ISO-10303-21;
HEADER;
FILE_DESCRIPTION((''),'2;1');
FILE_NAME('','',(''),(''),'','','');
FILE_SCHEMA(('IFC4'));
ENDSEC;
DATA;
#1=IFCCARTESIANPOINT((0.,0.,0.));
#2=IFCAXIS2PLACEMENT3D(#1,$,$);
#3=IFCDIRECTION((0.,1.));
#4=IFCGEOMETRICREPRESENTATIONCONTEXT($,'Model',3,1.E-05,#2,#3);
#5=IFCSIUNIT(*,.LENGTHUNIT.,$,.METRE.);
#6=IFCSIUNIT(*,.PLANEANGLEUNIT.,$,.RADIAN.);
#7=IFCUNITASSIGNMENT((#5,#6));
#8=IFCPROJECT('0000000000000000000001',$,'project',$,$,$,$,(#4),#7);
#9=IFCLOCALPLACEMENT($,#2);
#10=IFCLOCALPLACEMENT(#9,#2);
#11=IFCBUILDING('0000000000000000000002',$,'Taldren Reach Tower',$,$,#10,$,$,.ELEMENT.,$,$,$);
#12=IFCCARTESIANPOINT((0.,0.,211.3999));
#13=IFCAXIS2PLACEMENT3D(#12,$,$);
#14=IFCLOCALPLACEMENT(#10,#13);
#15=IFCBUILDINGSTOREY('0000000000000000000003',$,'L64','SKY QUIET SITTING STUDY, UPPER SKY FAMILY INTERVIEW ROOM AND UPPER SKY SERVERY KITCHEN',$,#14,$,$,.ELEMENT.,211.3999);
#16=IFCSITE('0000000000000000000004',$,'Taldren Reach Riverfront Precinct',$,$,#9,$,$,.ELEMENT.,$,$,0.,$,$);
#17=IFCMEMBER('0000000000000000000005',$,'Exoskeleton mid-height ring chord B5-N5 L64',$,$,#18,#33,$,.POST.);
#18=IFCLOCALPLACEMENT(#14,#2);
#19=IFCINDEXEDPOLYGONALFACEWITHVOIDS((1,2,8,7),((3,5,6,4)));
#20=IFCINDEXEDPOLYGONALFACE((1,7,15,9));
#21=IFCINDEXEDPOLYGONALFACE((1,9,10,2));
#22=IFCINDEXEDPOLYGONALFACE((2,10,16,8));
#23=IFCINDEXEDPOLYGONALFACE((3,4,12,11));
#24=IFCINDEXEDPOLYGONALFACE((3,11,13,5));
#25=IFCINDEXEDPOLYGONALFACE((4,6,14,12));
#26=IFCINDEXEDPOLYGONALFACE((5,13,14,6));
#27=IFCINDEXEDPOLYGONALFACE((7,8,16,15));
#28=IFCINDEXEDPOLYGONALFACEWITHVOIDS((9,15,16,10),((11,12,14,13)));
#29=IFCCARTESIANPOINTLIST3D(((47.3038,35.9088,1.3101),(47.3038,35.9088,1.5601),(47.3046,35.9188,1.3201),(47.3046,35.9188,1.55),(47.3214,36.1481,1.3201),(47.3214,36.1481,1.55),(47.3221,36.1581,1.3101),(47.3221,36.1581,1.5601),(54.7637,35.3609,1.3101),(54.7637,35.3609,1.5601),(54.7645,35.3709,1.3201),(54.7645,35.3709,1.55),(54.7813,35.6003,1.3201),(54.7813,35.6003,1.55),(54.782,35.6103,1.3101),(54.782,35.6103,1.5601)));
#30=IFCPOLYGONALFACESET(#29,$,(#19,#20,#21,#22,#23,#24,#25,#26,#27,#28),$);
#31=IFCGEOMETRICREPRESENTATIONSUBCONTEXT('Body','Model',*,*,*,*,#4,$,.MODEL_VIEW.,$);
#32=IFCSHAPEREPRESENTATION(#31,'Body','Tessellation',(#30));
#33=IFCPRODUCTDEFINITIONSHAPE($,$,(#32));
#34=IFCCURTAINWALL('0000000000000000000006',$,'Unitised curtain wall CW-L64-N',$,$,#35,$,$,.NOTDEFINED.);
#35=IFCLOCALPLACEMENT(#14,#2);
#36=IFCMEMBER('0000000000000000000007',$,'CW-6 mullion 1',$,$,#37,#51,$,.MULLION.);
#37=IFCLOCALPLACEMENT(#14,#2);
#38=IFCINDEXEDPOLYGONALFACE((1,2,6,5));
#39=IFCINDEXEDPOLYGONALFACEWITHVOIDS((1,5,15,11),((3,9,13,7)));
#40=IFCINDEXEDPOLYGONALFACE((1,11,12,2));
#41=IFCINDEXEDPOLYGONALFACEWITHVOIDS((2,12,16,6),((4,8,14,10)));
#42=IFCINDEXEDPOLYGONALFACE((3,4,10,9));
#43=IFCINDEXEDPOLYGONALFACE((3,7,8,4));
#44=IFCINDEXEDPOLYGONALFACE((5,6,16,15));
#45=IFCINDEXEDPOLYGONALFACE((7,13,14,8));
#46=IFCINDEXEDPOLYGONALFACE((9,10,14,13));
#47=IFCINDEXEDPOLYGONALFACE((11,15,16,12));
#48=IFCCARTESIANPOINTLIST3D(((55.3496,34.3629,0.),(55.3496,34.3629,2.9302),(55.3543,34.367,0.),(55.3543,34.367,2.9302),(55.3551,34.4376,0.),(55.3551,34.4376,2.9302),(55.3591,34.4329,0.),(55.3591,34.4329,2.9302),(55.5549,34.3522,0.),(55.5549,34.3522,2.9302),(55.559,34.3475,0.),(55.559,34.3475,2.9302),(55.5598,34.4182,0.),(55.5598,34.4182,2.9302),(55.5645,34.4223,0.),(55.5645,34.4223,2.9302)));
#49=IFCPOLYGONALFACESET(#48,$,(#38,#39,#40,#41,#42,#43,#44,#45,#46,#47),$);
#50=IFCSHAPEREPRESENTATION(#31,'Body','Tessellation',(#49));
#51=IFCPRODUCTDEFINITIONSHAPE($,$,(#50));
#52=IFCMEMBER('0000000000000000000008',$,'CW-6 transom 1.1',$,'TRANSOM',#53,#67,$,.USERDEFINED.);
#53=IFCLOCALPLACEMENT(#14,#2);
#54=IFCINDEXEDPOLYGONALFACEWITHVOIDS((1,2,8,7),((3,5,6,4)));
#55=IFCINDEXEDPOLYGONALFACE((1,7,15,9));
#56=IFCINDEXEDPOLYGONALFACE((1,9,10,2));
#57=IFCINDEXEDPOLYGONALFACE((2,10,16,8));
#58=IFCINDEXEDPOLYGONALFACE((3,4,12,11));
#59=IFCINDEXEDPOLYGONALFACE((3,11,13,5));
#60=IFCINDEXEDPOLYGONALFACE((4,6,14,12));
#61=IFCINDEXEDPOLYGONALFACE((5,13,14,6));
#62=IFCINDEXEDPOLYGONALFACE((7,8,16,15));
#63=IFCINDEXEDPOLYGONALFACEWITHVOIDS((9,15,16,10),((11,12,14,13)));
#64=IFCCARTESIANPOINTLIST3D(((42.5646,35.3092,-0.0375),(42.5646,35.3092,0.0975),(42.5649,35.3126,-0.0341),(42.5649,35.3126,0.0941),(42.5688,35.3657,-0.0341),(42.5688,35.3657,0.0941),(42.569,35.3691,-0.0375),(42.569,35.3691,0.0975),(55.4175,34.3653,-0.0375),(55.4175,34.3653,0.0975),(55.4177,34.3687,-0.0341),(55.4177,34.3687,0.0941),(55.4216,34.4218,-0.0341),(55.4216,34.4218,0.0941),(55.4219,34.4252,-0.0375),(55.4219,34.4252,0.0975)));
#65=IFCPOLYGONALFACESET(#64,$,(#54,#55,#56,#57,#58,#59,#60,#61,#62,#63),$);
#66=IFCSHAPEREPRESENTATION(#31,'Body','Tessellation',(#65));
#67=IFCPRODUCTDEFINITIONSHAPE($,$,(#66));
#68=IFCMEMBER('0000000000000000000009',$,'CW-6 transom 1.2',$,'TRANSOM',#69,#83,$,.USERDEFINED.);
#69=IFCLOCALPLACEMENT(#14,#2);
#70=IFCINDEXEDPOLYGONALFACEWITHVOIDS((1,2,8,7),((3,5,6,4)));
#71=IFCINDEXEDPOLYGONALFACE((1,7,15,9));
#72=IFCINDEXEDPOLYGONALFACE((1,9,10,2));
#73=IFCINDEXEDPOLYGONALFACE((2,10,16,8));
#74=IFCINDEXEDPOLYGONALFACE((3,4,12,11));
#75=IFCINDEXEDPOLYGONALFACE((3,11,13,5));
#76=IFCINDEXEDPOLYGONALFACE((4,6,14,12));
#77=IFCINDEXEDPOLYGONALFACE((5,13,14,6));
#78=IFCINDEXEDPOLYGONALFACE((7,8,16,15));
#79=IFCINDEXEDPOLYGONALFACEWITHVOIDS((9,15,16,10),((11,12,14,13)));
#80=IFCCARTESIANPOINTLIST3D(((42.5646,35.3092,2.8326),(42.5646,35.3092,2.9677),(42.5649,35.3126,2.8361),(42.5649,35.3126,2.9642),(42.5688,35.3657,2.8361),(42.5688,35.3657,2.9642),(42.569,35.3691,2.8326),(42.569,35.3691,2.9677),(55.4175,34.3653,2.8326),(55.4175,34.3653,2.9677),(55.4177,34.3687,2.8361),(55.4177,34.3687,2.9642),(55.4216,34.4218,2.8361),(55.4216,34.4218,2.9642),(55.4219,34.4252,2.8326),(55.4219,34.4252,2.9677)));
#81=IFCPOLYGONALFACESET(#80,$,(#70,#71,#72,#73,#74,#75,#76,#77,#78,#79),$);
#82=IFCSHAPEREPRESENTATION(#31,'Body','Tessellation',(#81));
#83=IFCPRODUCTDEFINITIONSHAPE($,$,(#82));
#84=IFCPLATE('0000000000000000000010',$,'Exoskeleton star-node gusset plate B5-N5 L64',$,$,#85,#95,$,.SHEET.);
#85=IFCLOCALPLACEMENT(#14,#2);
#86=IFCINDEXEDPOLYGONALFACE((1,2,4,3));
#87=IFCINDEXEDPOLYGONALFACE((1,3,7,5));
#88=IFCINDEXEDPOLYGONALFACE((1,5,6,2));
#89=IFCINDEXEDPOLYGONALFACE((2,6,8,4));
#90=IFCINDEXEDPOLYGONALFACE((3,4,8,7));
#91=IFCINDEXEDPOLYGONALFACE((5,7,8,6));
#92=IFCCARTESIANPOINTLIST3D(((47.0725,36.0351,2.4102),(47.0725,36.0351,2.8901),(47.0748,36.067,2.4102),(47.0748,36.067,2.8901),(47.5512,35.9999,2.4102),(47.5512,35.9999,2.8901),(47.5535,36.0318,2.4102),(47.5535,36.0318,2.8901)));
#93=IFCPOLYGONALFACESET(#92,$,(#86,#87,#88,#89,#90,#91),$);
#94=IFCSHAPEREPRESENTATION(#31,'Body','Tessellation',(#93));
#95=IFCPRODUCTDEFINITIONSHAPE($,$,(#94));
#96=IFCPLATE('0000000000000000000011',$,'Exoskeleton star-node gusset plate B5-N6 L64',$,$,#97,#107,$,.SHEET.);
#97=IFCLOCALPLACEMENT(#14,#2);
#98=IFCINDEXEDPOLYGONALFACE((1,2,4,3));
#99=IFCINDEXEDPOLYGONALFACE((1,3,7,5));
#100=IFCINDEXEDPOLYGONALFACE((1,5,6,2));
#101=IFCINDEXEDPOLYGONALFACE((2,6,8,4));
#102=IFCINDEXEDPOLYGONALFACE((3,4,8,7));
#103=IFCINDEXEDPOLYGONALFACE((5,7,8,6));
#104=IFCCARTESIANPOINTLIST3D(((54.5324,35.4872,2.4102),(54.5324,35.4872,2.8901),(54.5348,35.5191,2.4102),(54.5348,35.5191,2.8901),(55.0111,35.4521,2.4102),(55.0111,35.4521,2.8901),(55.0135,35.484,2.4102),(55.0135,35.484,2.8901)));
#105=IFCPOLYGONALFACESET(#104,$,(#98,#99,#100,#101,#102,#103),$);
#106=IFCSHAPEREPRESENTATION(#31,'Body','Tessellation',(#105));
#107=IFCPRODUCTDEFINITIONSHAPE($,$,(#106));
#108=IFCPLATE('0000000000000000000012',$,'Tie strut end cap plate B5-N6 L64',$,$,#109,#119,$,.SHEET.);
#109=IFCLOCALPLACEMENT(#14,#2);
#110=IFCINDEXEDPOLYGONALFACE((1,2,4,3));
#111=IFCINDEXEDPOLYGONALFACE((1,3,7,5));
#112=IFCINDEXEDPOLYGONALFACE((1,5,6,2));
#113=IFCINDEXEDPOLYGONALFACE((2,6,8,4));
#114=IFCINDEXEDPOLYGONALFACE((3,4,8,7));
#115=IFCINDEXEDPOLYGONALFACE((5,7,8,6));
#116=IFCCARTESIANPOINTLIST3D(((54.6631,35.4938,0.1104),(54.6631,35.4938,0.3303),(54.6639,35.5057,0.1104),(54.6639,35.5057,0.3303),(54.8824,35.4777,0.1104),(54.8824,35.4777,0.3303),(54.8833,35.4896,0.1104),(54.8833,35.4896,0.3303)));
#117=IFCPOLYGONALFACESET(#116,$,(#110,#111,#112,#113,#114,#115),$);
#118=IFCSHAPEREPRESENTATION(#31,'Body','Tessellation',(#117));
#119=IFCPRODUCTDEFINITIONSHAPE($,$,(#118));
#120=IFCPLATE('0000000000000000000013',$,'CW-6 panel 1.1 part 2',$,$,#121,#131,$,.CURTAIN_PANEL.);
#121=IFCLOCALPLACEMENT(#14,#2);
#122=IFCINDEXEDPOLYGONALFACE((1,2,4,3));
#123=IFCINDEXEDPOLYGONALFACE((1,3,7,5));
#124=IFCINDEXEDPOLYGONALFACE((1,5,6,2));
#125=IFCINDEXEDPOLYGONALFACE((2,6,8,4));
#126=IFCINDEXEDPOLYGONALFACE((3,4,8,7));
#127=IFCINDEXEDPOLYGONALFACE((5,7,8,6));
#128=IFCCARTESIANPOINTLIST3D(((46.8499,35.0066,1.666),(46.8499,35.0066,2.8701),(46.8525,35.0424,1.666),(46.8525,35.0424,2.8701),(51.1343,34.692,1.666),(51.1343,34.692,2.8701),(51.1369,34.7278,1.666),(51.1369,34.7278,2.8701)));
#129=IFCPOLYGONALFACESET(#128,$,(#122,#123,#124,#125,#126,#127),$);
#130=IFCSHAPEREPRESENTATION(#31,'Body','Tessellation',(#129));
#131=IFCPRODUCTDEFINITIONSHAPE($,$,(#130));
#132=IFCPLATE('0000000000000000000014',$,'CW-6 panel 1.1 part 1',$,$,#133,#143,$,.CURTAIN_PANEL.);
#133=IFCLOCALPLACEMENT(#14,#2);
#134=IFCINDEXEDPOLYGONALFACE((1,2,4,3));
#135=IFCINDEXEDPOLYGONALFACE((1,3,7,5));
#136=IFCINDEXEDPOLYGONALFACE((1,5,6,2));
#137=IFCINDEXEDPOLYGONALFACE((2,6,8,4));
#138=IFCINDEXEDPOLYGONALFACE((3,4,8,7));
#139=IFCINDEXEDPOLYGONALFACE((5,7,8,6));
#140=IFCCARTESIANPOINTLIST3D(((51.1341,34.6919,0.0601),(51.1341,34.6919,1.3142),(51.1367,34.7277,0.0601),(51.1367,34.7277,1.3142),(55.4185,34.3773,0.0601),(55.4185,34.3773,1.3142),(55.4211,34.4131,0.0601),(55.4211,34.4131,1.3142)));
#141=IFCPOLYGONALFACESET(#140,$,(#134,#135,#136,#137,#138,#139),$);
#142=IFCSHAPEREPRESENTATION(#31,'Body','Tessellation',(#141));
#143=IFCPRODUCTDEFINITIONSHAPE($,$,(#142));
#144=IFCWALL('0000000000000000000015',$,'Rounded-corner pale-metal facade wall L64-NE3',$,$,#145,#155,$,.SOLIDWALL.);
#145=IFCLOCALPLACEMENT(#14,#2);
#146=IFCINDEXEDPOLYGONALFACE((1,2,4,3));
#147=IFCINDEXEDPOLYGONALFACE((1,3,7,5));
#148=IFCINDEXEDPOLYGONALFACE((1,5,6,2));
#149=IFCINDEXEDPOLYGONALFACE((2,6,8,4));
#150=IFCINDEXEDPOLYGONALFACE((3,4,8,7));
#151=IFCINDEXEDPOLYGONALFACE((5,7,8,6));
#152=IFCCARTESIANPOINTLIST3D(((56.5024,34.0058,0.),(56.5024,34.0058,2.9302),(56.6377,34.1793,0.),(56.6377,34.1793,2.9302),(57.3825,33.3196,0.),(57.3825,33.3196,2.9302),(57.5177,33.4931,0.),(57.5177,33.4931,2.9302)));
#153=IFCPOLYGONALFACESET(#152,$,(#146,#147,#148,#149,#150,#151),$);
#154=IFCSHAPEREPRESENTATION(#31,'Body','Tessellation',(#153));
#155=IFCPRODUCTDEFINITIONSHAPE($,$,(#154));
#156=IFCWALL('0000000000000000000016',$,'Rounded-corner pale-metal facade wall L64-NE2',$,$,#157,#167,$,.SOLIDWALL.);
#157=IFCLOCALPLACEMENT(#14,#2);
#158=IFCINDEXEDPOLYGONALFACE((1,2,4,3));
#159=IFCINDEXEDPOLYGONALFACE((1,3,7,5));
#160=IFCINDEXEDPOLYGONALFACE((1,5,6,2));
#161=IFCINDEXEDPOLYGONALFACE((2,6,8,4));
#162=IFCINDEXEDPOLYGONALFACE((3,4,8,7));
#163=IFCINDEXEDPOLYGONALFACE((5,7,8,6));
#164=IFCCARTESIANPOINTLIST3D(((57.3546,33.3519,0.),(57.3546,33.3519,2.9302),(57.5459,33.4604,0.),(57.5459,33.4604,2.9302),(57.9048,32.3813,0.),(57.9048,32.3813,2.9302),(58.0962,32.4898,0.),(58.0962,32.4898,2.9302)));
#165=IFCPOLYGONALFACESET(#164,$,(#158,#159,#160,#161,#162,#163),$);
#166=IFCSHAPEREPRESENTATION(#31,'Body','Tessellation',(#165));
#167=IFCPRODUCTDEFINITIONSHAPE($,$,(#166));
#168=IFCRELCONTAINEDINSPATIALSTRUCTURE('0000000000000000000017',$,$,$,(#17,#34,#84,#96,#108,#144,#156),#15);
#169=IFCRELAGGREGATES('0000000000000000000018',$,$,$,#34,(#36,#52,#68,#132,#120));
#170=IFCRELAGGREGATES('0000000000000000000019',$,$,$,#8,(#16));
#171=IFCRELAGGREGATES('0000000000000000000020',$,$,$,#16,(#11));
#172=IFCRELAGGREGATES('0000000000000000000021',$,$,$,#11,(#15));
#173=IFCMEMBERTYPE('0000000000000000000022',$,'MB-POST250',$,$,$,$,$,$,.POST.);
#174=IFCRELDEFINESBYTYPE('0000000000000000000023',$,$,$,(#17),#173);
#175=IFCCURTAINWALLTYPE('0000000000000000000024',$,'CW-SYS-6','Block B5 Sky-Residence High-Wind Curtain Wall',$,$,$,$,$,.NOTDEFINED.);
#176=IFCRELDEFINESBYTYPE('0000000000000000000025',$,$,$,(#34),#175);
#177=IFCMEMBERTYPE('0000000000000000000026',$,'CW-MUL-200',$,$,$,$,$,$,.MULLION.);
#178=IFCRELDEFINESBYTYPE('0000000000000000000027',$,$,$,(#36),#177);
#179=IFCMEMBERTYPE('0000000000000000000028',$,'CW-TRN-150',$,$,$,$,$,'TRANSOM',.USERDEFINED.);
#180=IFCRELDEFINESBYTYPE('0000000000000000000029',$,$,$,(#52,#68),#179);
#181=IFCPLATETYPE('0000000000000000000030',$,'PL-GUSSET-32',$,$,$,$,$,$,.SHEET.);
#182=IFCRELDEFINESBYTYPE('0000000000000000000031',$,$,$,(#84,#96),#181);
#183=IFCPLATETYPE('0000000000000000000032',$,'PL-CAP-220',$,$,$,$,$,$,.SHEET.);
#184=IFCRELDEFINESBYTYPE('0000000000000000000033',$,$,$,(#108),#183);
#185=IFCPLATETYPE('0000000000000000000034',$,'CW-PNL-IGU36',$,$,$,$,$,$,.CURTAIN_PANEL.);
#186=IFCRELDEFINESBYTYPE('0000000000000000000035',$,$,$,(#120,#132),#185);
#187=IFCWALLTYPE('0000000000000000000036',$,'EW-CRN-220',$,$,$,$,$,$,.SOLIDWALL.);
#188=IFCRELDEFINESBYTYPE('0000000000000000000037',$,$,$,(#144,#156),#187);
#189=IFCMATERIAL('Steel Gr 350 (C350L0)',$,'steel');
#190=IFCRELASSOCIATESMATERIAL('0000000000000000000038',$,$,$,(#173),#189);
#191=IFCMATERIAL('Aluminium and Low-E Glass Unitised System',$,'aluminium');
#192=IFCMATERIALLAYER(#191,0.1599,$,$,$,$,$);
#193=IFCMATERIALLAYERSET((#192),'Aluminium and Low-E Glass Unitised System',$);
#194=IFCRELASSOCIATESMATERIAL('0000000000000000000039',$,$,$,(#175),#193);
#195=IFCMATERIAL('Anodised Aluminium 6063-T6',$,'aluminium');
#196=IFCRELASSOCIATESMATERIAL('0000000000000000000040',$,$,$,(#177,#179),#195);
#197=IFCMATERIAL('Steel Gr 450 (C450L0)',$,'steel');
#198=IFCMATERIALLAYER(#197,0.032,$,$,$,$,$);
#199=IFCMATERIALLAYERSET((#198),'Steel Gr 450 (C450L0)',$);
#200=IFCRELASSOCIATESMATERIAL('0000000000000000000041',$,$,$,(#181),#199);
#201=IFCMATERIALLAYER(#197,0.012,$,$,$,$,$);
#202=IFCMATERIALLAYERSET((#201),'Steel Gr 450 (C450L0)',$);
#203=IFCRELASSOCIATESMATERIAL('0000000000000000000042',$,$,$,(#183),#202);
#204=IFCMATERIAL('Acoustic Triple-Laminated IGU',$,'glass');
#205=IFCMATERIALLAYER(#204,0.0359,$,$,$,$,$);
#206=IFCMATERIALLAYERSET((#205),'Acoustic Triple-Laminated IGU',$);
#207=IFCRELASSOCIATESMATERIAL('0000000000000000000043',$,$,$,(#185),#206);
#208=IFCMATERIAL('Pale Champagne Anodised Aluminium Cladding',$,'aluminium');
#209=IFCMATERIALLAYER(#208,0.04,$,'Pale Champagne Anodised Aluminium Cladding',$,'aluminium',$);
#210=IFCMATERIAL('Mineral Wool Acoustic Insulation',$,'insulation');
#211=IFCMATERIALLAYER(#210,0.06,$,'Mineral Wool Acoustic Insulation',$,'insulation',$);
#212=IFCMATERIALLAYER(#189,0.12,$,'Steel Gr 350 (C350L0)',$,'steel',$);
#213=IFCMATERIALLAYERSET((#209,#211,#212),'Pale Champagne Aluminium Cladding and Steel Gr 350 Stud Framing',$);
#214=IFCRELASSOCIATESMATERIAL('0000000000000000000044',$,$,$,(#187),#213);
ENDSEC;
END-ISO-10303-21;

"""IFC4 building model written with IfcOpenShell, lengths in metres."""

from ifc_helpers import new_model, si_unit, direction, frame, frame_2d, origin, origin_2d, place, context, subcontext, project, spatial, rectangle, hollow_rectangle, extrude, source, transform, mapped, material, layer, layer_set, material_profile, profile_set, type_object, element, aggregate, save


model = new_model("IFC4")

# Units and contexts
model_context = context("Model", 3, precision=1e-05, world=origin(), true_north=direction((0.0, 1.0)))
body_context = subcontext(model_context, "Body", "Model", "MODEL_VIEW")
ifc_project = project(units=[si_unit("LENGTHUNIT", "METRE"), si_unit("PLANEANGLEUNIT", "RADIAN")], contexts=[model_context])

# Site, building, storey
site_placement = place(None, origin())
site = spatial("IfcSite", under=ifc_project, at=site_placement, Name="Taldren Reach Riverfront Precinct", CompositionType="ELEMENT", RefElevation=0.0)
building_placement = place(site_placement, origin())
building = spatial("IfcBuilding", under=site, at=building_placement, Name="Taldren Reach Tower", CompositionType="ELEMENT")
storey_placement = place(building_placement, frame((0.0, 0.0, 211.3999)))
storey = spatial("IfcBuildingStorey", under=building, at=storey_placement, Name="L64", Description="SKY QUIET SITTING STUDY, UPPER SKY FAMILY INTERVIEW ROOM AND UPPER SKY SERVERY KITCHEN", CompositionType="ELEMENT", Elevation=211.3999)

# Shared definitions
ifc_material_1 = material(Name="Steel Gr 350 (C350L0)", Category="steel")

# Shared definitions
ifc_material_profile_1 = material_profile(ifc_material_1, hollow_rectangle(XDim=0.25, YDim=0.25, WallThickness=0.01, at=origin_2d()), Name="250x250x10.0SHS")
ifc_profile_set_1 = profile_set([ifc_material_profile_1], Name="Steel Gr 350 (C350L0)")
member_type_1 = type_object("IfcMemberType", Name="MB-POST250", PredefinedType="POST", material=ifc_profile_set_1)
ifc_material_2 = material(Name="Steel Gr 450 (C450L0)", Category="steel")

# Member
shared_shape_1 = source(origin(), body_context, "Body", "SweptSolid", [
    extrude(hollow_rectangle(XDim=0.25, YDim=0.25, WallThickness=0.01, at=origin_2d()), origin(), (0.0, 0.0, 1.0), 7.48),
])
member_1_placement = place(storey_placement, frame((47.313, 36.0334, 1.4351), z_axis=(0.997314, -0.073242, 0.0), x_axis=(0.073242, 0.997314, 0.0)))
element("IfcMember", 1, at=member_1_placement, inside=storey, type_object=member_type_1, Name="Exoskeleton mid-height ring chord B5-N5 L64", PredefinedType="POST", context=body_context, shape_type="MappedRepresentation", body=[
    mapped(shared_shape_1, transform((0.0, 0.0, 0.0), scale=1.0)),
])

# Curtain wall, members
ifc_material_3 = material(Name="Aluminium and Low-E Glass Unitised System", Category="aluminium")
ifc_layer_1 = layer(ifc_material_3, 0.1599)
ifc_layer_set_1 = layer_set([ifc_layer_1], Name="Aluminium and Low-E Glass Unitised System")
curtain_wall_type = type_object("IfcCurtainWallType", Name="CW-SYS-6", Description="Block B5 Sky-Residence High-Wind Curtain Wall", PredefinedType="NOTDEFINED", material=ifc_layer_set_1)
curtain_wall_placement = place(storey_placement, origin())
curtain_wall = element("IfcCurtainWall", 2, at=curtain_wall_placement, inside=storey, type_object=curtain_wall_type, Name="Unitised curtain wall CW-L64-N", PredefinedType="NOTDEFINED")
ifc_material_4 = material(Name="Anodised Aluminium 6063-T6", Category="aluminium")
ifc_material_profile_2 = material_profile(ifc_material_4, hollow_rectangle(XDim=0.075, YDim=0.21, WallThickness=0.0044, at=origin_2d()), Name="ALU-210x75x4.5RHS")
ifc_profile_set_2 = profile_set([ifc_material_profile_2], Name="Anodised Aluminium 6063-T6")
member_type_2 = type_object("IfcMemberType", Name="CW-MUL-200", PredefinedType="MULLION", material=ifc_profile_set_2)
shared_shape_2 = source(origin(), body_context, "Body", "SweptSolid", [
    extrude(hollow_rectangle(XDim=0.075, YDim=0.21, WallThickness=0.0044, at=origin_2d()), origin(), (0.0, 0.0, 1.0), 2.9302),
])
member_2_placement = place(storey_placement, frame((55.457, 34.3926, 0.0), z_axis=(0.0, 0.0, 1.0), x_axis=(-0.073238, -0.997314, 0.0)))
member_2 = element("IfcMember", 3, at=member_2_placement, type_object=member_type_2, Name="CW-6 mullion 1", PredefinedType="MULLION", context=body_context, shape_type="MappedRepresentation", body=[
    mapped(shared_shape_2, transform((0.0, 0.0, 0.0), scale=1.0)),
])
ifc_material_profile_3 = material_profile(ifc_material_4, hollow_rectangle(XDim=0.0601, YDim=0.135, WallThickness=0.0034, at=origin_2d()), Name="ALU-135x60x3.5RHS")
ifc_profile_set_3 = profile_set([ifc_material_profile_3], Name="Anodised Aluminium 6063-T6")
member_type_3 = type_object("IfcMemberType", Name="CW-TRN-150", ElementType="TRANSOM", PredefinedType="USERDEFINED", material=ifc_profile_set_3)
shared_shape_3 = source(origin(), body_context, "Body", "SweptSolid", [
    extrude(hollow_rectangle(XDim=0.0601, YDim=0.135, WallThickness=0.0034, at=origin_2d()), origin(), (0.0, 0.0, 1.0), 12.8875),
])
member_3_placement = place(storey_placement, frame((55.4197, 34.3953, 0.03), z_axis=(-0.997314, 0.073238, 0.0), x_axis=(-0.073238, -0.997314, 0.0)))
member_3 = element("IfcMember", 4, at=member_3_placement, type_object=member_type_3, Name="CW-6 transom 1.1", ObjectType="TRANSOM", PredefinedType="USERDEFINED", context=body_context, shape_type="MappedRepresentation", body=[
    mapped(shared_shape_3, transform((0.0, 0.0, 0.0), scale=1.0)),
])
member_4_placement = place(storey_placement, frame((55.4197, 34.3953, 2.9001), z_axis=(-0.997314, 0.073238, 0.0), x_axis=(-0.073238, -0.997314, 0.0)))
member_4 = element("IfcMember", 5, at=member_4_placement, type_object=member_type_3, Name="CW-6 transom 1.2", ObjectType="TRANSOM", PredefinedType="USERDEFINED", context=body_context, shape_type="MappedRepresentation", body=[
    mapped(shared_shape_3, transform((0.0, 0.0, 0.0), scale=1.0)),
])

# Plates
ifc_layer_2 = layer(ifc_material_2, 0.032)
ifc_layer_set_2 = layer_set([ifc_layer_2], Name="Steel Gr 450 (C450L0)")
plate_type_1 = type_object("IfcPlateType", Name="PL-GUSSET-32", PredefinedType="SHEET", material=ifc_layer_set_2)
shared_shape_4 = source(origin(), body_context, "Body", "SweptSolid", [
    extrude(rectangle(XDim=0.48, YDim=0.032, at=origin_2d()), origin(), (0.0, 0.0, 1.0), 0.48),
])
for number, where, z_axis, x_axis, name in (
    (6, (47.313, 36.0334, 2.4102), (0.0, 0.0, 1.0), (0.997314, -0.073238, 0.0), "Exoskeleton star-node gusset plate B5-N5 L64"),
    (7, (54.7729, 35.4856, 2.4102), (0.0, 0.0, 1.0), (0.997314, -0.073238, 0.0), "Exoskeleton star-node gusset plate B5-N6 L64"),
):
    element("IfcPlate", number, at=place(storey_placement, frame(where, z_axis=z_axis, x_axis=x_axis)), inside=storey, type_object=plate_type_1, Name=name, PredefinedType="SHEET", context=body_context, shape_type="MappedRepresentation", body=[
        mapped(shared_shape_4, transform((0.0, 0.0, 0.0), scale=1.0)),
    ])
ifc_layer_3 = layer(ifc_material_2, 0.012)
ifc_layer_set_3 = layer_set([ifc_layer_3], Name="Steel Gr 450 (C450L0)")
plate_type_2 = type_object("IfcPlateType", Name="PL-CAP-220", PredefinedType="SHEET", material=ifc_layer_set_3)
shared_shape_5 = source(origin(), body_context, "Body", "SweptSolid", [
    extrude(rectangle(XDim=0.22, YDim=0.012, at=origin_2d()), origin(), (0.0, 0.0, 1.0), 0.22),
])
plate_1_placement = place(storey_placement, frame((54.7732, 35.4917, 0.1104), z_axis=(0.0, 0.0, 1.0), x_axis=(0.997314, -0.073238, 0.0)))
element("IfcPlate", 8, at=plate_1_placement, inside=storey, type_object=plate_type_2, Name="Tie strut end cap plate B5-N6 L64", PredefinedType="SHEET", context=body_context, shape_type="MappedRepresentation", body=[
    mapped(shared_shape_5, transform((0.0, 0.0, 0.0), scale=1.0)),
])

# Plates
ifc_material_5 = material(Name="Acoustic Triple-Laminated IGU", Category="glass")
ifc_layer_4 = layer(ifc_material_5, 0.0359)
ifc_layer_set_4 = layer_set([ifc_layer_4], Name="Acoustic Triple-Laminated IGU")
plate_type_3 = type_object("IfcPlateType", Name="CW-PNL-IGU36", PredefinedType="CURTAIN_PANEL", material=ifc_layer_set_4)
shared_shape_6 = source(origin(), body_context, "Body", "SweptSolid", [
    extrude(rectangle(XDim=4.2959, YDim=0.0359, at=origin_2d()), origin(), (0.0, 0.0, 1.0), 1.2041),
])
plate_2_placement = place(storey_placement, frame((48.9934, 34.8672, 1.666), z_axis=(0.0, 0.0, 1.0), x_axis=(-0.997314, 0.073238, 0.0)))
plate_2 = element("IfcPlate", 9, at=plate_2_placement, type_object=plate_type_3, Name="CW-6 panel 1.1 part 2", PredefinedType="CURTAIN_PANEL", context=body_context, shape_type="MappedRepresentation", body=[
    mapped(shared_shape_6, transform((0.0, 0.0, 0.0), scale=1.0)),
])
shared_shape_7 = source(origin(), body_context, "Body", "SweptSolid", [
    extrude(rectangle(XDim=4.2959, YDim=0.0359, at=origin_2d()), origin(), (0.0, 0.0, 1.0), 1.2542),
])
plate_3_placement = place(storey_placement, frame((53.2776, 34.5525, 0.0601), z_axis=(0.0, 0.0, 1.0), x_axis=(-0.997314, 0.073238, 0.0)))
plate_3 = element("IfcPlate", 10, at=plate_3_placement, type_object=plate_type_3, Name="CW-6 panel 1.1 part 1", PredefinedType="CURTAIN_PANEL", context=body_context, shape_type="MappedRepresentation", body=[
    mapped(shared_shape_7, transform((0.0, 0.0, 0.0), scale=1.0)),
])
aggregate(curtain_wall, [member_2, member_3, member_4, plate_3, plate_2])

# Walls
ifc_material_6 = material(Name="Pale Champagne Anodised Aluminium Cladding", Category="aluminium")
ifc_layer_5 = layer(ifc_material_6, 0.04, Name="Pale Champagne Anodised Aluminium Cladding", Category="aluminium")
ifc_material_7 = material(Name="Mineral Wool Acoustic Insulation", Category="insulation")
ifc_layer_6 = layer(ifc_material_7, 0.06, Name="Mineral Wool Acoustic Insulation", Category="insulation")
ifc_layer_7 = layer(ifc_material_1, 0.12, Name="Steel Gr 350 (C350L0)", Category="steel")
ifc_layer_set_5 = layer_set([ifc_layer_5, ifc_layer_6, ifc_layer_7], Name="Pale Champagne Aluminium Cladding and Steel Gr 350 Stud Framing")
wall_type_1 = type_object("IfcWallType", Name="EW-CRN-220", PredefinedType="SOLIDWALL", material=ifc_layer_set_5)
shared_shape_8 = source(origin(), body_context, "Body", "SweptSolid", [
    extrude(rectangle(XDim=1.116, YDim=0.22, at=frame_2d((0.5581, 0.0))), origin(), (0.0, 0.0, 1.0), 2.9302),
])
wall_1_placement = place(storey_placement, frame((57.4502, 33.4062, 0.0), z_axis=(0.0, 0.0, 1.0), x_axis=(-0.788598, 0.614909, 0.0)))
element("IfcWall", 11, at=wall_1_placement, inside=storey, type_object=wall_type_1, Name="Rounded-corner pale-metal facade wall L64-NE3", PredefinedType="SOLIDWALL", context=body_context, shape_type="MappedRepresentation", body=[
    mapped(shared_shape_8, transform((0.0, 0.0, 0.0), scale=1.0)),
])
shared_shape_9 = source(origin(), body_context, "Body", "SweptSolid", [
    extrude(rectangle(XDim=1.1157, YDim=0.22, at=frame_2d((0.5579, 0.0))), origin(), (0.0, 0.0, 1.0), 2.9302),
])
for number, where, z_axis, x_axis, name in (
    (12, (58.0005, 32.4355, 0.0), (0.0, 0.0, 1.0), (-0.493167, 0.869935, 0.0), "Rounded-corner pale-metal facade wall L64-NE2"),
):
    element("IfcWall", number, at=place(storey_placement, frame(where, z_axis=z_axis, x_axis=x_axis)), inside=storey, type_object=wall_type_1, Name=name, PredefinedType="SOLIDWALL", context=body_context, shape_type="MappedRepresentation", body=[
        mapped(shared_shape_9, transform((0.0, 0.0, 0.0), scale=1.0)),
    ])

save(model, "model.ifc")
